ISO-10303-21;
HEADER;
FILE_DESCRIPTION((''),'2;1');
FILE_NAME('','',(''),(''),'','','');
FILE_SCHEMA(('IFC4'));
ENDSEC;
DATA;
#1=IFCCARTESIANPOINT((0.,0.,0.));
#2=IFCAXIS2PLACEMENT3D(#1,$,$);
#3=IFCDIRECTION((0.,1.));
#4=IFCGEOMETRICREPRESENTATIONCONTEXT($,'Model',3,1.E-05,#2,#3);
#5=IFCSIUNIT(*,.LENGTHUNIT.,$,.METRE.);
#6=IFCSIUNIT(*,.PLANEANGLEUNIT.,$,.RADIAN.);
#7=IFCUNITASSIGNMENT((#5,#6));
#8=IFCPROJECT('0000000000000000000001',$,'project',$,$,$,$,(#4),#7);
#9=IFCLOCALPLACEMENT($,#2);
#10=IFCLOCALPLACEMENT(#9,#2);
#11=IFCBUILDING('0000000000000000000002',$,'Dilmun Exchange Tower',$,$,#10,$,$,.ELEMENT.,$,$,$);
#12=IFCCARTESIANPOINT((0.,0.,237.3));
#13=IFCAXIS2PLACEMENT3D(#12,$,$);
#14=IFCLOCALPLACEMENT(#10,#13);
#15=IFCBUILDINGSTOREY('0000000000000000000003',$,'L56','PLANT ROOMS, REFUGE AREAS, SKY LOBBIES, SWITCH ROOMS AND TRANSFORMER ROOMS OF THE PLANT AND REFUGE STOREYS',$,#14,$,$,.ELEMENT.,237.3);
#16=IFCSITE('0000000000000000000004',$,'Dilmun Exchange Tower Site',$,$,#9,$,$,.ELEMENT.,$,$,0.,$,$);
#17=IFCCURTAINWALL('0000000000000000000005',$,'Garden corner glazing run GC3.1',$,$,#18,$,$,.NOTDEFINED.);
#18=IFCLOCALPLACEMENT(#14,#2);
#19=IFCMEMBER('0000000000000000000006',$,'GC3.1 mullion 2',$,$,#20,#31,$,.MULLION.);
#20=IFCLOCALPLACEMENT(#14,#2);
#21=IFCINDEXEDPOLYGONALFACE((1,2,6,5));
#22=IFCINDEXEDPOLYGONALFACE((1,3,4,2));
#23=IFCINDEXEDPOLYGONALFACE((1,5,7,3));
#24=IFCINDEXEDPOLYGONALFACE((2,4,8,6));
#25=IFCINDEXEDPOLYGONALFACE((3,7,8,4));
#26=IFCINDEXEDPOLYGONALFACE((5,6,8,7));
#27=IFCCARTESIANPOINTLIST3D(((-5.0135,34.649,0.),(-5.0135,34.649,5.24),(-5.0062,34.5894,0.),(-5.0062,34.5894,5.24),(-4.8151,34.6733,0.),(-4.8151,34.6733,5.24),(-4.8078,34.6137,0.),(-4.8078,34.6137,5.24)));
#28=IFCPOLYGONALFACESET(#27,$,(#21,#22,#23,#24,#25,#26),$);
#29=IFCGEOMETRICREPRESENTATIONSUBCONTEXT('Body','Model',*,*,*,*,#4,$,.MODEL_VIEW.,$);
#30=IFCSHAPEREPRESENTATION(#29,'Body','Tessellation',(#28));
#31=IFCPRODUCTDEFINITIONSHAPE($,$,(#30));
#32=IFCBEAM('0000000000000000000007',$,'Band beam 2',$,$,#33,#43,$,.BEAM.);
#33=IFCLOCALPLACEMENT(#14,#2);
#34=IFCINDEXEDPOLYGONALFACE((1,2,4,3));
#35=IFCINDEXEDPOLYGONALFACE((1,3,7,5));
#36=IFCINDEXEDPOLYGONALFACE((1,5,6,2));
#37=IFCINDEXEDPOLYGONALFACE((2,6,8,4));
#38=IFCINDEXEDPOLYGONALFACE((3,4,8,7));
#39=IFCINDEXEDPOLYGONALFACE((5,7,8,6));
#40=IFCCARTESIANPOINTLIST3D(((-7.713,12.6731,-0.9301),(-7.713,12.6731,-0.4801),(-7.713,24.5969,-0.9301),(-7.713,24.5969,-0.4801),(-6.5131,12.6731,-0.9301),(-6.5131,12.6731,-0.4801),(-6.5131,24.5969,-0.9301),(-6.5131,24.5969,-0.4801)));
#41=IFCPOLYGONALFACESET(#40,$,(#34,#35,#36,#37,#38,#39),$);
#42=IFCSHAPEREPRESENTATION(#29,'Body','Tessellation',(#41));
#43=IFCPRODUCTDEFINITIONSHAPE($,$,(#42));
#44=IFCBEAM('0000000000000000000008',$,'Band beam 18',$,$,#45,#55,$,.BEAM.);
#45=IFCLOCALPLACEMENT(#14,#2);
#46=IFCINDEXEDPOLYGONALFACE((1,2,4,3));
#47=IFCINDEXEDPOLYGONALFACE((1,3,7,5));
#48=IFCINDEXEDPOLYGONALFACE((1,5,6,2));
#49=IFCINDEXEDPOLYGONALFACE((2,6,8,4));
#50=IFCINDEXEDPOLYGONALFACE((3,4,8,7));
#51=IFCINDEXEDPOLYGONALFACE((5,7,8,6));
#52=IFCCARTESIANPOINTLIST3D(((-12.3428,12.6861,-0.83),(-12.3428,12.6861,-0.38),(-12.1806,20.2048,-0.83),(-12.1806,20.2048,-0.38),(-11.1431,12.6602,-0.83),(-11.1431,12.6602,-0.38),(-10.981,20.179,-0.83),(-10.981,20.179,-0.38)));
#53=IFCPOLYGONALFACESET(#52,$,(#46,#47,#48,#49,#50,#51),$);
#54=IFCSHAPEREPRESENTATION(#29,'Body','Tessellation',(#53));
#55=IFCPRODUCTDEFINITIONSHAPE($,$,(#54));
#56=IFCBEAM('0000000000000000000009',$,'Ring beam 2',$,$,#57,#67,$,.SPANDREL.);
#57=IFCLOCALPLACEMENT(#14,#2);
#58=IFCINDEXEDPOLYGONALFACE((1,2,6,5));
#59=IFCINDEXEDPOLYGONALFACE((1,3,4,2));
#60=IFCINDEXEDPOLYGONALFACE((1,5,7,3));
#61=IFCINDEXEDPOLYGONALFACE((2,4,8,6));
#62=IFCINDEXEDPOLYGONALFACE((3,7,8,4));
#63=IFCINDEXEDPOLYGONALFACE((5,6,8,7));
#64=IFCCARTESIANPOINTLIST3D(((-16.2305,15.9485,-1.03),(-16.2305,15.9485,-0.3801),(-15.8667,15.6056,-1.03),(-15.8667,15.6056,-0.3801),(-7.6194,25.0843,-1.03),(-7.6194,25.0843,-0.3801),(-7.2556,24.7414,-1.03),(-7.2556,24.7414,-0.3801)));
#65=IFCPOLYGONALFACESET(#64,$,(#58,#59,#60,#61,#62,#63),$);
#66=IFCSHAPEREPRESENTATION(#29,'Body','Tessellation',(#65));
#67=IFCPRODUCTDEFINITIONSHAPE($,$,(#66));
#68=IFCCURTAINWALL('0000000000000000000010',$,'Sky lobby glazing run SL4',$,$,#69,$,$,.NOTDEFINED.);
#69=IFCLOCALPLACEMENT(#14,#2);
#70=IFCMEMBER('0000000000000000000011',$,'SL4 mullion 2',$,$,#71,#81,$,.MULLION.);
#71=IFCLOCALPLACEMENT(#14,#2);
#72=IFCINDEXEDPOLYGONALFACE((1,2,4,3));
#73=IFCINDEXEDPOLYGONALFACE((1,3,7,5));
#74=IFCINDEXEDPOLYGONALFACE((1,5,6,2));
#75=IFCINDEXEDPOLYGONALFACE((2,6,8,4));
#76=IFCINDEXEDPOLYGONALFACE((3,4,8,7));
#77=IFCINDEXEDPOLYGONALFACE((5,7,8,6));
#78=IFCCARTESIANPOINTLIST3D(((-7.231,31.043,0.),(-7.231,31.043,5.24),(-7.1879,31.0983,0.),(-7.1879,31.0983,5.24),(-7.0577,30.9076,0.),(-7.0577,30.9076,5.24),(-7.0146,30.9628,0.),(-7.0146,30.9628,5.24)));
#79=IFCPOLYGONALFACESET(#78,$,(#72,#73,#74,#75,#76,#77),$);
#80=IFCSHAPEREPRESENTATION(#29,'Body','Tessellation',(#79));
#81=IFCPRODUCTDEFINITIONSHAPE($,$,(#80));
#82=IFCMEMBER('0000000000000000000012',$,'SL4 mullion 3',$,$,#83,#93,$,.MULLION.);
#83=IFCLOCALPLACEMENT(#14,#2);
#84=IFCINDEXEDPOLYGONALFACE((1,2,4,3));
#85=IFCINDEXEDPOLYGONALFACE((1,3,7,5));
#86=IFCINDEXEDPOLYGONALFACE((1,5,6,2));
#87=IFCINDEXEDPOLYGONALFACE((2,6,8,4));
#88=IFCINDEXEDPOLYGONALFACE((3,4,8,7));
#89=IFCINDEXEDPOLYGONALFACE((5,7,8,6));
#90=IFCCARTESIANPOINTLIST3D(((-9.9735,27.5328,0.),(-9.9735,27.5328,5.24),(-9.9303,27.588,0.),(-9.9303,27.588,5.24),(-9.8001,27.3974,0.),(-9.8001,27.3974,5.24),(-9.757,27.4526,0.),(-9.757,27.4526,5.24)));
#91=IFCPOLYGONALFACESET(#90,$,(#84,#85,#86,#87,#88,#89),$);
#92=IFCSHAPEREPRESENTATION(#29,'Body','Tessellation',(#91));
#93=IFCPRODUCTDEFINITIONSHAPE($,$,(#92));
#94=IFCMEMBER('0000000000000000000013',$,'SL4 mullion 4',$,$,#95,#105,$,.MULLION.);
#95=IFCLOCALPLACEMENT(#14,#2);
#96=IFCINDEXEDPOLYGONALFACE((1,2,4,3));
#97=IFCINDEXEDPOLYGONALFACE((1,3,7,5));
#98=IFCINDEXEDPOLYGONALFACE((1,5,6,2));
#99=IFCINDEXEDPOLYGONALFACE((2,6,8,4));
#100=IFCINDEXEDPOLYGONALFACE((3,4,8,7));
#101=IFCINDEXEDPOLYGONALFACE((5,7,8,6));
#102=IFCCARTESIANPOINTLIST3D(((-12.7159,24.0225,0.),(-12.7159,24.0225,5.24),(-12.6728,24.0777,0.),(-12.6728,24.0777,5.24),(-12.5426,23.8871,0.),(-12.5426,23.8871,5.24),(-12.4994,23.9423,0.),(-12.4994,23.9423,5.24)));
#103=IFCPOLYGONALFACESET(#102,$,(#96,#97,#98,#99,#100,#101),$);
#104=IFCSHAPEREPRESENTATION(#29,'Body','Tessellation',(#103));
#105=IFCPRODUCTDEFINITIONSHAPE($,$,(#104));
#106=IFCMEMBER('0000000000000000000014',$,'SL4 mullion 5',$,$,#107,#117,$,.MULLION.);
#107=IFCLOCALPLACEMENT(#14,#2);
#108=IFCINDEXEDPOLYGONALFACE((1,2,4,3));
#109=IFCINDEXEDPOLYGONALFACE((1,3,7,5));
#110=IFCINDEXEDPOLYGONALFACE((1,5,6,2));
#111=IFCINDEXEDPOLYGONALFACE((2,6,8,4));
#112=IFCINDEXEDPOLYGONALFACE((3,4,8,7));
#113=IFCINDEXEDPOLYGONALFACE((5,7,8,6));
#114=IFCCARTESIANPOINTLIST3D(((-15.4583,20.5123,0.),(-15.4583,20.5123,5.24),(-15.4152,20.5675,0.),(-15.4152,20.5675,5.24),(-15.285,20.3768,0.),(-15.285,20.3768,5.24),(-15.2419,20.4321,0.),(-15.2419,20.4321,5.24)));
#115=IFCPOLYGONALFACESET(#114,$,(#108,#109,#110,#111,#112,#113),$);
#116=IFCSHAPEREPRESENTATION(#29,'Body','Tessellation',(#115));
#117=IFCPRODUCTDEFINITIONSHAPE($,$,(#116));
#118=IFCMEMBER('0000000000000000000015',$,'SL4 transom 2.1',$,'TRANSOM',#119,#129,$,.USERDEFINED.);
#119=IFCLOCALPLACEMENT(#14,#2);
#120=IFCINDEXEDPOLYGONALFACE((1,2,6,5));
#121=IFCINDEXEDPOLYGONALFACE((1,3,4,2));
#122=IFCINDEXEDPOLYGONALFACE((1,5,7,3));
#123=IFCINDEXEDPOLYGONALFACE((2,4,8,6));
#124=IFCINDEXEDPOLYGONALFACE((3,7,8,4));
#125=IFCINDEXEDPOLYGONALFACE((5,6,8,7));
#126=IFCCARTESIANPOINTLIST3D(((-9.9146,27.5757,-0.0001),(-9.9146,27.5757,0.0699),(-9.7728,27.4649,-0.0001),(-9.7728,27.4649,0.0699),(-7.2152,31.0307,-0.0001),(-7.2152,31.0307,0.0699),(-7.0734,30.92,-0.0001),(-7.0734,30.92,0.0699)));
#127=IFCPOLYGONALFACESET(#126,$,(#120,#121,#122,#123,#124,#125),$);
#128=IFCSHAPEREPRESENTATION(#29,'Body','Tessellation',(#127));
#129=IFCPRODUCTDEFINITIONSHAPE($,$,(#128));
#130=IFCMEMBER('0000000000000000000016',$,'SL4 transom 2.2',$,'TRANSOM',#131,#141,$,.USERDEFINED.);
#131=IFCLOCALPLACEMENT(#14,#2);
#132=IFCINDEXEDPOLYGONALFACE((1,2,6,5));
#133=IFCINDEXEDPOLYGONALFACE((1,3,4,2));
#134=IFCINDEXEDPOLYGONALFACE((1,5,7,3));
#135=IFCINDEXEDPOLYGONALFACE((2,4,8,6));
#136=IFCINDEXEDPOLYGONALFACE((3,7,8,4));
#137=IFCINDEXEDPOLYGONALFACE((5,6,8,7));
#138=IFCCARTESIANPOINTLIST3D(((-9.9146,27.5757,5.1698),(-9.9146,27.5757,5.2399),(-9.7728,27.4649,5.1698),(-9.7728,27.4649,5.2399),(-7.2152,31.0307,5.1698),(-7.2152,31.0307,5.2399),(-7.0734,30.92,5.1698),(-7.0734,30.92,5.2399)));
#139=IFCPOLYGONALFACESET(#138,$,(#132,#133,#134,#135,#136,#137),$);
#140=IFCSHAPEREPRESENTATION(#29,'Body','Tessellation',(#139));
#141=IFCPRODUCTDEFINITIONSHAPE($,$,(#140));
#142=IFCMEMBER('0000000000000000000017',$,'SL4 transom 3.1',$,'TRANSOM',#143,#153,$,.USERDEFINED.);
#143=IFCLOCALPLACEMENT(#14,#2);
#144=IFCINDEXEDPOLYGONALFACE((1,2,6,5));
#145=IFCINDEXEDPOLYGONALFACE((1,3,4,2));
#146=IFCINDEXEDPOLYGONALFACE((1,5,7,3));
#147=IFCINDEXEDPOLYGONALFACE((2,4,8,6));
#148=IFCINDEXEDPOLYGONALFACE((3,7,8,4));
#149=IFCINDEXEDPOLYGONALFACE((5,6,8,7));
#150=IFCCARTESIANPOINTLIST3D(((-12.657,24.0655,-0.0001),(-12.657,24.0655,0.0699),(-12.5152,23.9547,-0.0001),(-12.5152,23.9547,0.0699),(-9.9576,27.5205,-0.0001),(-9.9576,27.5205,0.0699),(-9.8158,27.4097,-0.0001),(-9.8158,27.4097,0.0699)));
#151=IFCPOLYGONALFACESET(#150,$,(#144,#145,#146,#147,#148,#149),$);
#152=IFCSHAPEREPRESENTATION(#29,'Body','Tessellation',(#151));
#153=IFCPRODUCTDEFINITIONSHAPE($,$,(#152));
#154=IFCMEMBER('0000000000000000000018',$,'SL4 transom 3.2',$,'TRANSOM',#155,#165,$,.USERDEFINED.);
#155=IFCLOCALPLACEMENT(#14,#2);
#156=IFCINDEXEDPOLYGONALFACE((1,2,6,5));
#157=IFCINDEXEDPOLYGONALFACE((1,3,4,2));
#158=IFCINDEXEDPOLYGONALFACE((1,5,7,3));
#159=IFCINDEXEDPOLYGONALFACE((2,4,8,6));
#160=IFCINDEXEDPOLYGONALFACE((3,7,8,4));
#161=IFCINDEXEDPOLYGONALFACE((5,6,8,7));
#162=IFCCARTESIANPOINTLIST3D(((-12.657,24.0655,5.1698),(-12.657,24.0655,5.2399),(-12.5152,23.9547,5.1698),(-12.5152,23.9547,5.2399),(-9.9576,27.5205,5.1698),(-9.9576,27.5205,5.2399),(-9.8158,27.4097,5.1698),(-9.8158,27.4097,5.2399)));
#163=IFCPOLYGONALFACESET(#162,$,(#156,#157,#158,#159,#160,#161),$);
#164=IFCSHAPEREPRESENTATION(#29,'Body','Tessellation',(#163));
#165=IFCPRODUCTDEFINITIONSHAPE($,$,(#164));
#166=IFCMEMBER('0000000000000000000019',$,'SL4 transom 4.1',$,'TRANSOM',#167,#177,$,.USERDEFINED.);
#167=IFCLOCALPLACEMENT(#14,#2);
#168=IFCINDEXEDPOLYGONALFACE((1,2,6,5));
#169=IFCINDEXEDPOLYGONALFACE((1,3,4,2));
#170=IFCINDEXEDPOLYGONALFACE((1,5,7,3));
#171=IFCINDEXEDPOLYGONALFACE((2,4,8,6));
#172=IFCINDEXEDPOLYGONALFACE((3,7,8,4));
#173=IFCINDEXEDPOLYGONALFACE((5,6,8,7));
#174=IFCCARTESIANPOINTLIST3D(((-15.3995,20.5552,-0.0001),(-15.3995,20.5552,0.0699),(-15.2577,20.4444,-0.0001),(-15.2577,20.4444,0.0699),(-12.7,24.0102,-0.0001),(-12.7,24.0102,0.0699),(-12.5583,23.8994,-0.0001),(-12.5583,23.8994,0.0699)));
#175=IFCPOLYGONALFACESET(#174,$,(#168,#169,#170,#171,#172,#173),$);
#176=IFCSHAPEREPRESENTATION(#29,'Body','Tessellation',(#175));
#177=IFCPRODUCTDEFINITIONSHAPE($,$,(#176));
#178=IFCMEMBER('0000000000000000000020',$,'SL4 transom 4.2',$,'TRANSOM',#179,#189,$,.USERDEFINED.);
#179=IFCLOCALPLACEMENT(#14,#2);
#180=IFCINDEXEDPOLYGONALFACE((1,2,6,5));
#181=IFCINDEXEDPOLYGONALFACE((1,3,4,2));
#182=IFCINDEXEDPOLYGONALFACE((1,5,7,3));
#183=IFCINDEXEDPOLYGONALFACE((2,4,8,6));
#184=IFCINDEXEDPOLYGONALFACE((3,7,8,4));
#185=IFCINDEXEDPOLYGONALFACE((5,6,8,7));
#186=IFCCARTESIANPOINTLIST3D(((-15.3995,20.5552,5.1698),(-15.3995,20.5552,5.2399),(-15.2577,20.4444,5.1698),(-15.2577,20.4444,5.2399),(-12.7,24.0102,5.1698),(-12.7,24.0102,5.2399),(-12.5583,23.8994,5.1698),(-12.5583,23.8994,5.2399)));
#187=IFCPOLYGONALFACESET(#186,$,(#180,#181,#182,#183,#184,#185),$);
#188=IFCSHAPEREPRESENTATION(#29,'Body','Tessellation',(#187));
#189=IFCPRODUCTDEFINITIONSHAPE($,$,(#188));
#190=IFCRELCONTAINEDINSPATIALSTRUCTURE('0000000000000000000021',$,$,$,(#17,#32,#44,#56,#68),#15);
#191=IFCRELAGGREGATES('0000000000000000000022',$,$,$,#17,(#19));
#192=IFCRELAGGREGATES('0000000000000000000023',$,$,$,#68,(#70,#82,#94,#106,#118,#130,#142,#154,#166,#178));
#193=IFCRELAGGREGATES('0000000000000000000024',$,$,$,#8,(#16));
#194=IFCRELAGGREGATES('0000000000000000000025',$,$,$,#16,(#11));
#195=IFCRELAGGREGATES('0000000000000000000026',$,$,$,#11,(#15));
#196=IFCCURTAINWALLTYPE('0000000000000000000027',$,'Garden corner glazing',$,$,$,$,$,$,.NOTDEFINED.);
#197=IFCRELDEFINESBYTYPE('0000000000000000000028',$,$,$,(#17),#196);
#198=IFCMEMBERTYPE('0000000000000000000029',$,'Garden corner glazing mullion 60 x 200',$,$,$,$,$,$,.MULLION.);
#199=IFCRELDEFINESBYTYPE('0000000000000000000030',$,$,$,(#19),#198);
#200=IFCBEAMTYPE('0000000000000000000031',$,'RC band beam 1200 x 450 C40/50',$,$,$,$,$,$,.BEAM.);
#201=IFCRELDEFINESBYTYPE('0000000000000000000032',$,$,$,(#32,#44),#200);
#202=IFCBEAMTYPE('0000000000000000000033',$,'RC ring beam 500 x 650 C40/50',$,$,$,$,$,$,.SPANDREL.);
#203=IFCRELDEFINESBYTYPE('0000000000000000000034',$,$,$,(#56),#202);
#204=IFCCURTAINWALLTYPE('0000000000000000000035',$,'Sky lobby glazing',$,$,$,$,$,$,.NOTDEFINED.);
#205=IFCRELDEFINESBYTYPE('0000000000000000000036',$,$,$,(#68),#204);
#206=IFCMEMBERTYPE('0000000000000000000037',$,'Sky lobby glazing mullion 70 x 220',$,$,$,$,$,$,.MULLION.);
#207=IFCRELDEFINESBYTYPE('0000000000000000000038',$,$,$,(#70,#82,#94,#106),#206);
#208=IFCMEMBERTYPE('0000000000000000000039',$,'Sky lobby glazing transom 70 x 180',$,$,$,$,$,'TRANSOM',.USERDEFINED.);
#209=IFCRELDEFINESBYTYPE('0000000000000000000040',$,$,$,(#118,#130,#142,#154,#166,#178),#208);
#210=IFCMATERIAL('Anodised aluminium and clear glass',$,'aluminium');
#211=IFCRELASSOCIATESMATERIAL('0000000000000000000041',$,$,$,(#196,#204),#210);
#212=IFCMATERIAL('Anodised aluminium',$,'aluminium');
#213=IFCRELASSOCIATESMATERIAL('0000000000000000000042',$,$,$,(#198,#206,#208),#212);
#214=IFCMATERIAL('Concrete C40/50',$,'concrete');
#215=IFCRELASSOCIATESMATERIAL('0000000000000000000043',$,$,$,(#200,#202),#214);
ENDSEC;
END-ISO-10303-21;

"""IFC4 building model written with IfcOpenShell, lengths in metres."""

from ifc_helpers import new_model, si_unit, direction, frame, origin, origin_2d, place, context, subcontext, project, spatial, rectangle, extrude, material, material_profile, profile_set, type_object, element, aggregate, save


model = new_model("IFC4")

# Units and contexts
model_context = context("Model", 3, precision=1e-05, world=origin(), true_north=direction((0.0, 1.0)))
body_context = subcontext(model_context, "Body", "Model", "MODEL_VIEW")
ifc_project = project(units=[si_unit("LENGTHUNIT", "METRE"), si_unit("PLANEANGLEUNIT", "RADIAN")], contexts=[model_context])

# Site, building, storey
site_placement = place(None, origin())
site = spatial("IfcSite", under=ifc_project, at=site_placement, Name="Dilmun Exchange Tower Site", CompositionType="ELEMENT", RefElevation=0.0)
building_placement = place(site_placement, origin())
building = spatial("IfcBuilding", under=site, at=building_placement, Name="Dilmun Exchange Tower", CompositionType="ELEMENT")
storey_placement = place(building_placement, frame((0.0, 0.0, 237.3)))
storey = spatial("IfcBuildingStorey", under=building, at=storey_placement, Name="L56", Description="PLANT ROOMS, REFUGE AREAS, SKY LOBBIES, SWITCH ROOMS AND TRANSFORMER ROOMS OF THE PLANT AND REFUGE STOREYS", CompositionType="ELEMENT", Elevation=237.3)

# Curtain wall, member
ifc_material_1 = material(Name="Anodised aluminium and clear glass", Category="aluminium")
curtain_wall_type_1 = type_object("IfcCurtainWallType", Name="Garden corner glazing", PredefinedType="NOTDEFINED", material=ifc_material_1)
curtain_wall_1_placement = place(storey_placement, origin())
curtain_wall_1 = element("IfcCurtainWall", 1, at=curtain_wall_1_placement, inside=storey, type_object=curtain_wall_type_1, Name="Garden corner glazing run GC3.1", PredefinedType="NOTDEFINED")
ifc_material_2 = material(Name="Anodised aluminium", Category="aluminium")
ifc_material_profile_1 = material_profile(ifc_material_2, rectangle(XDim=0.2, YDim=0.0601, at=origin_2d()), Name="AL 60x200")
ifc_profile_set_1 = profile_set([ifc_material_profile_1], Name="Anodised aluminium")
member_type_1 = type_object("IfcMemberType", Name="Garden corner glazing mullion 60 x 200", PredefinedType="MULLION", material=ifc_profile_set_1)
member_1_placement = place(storey_placement, frame((-4.9106, 34.6313, 0.0), z_axis=(0.0, 0.0, 1.0), x_axis=(-0.992547, -0.121863, 0.0)))
member_1 = element("IfcMember", 2, at=member_1_placement, type_object=member_type_1, Name="GC3.1 mullion 2", PredefinedType="MULLION", context=body_context, shape_type="SweptSolid", body=[
    extrude(rectangle(XDim=0.2, YDim=0.0601, at=origin_2d()), origin(), (0.0, 0.0, 1.0), 5.24),
])

# Beams
ifc_material_3 = material(Name="Concrete C40/50", Category="concrete")
ifc_material_profile_2 = material_profile(ifc_material_3, rectangle(XDim=1.2, YDim=0.45, at=origin_2d()), Name="1200 x 450")
ifc_profile_set_2 = profile_set([ifc_material_profile_2], Name="Concrete C40/50")
beam_type_1 = type_object("IfcBeamType", Name="RC band beam 1200 x 450 C40/50", PredefinedType="BEAM", material=ifc_profile_set_2)
beam_1_placement = place(storey_placement, frame((-7.113, 24.5969, -0.7051), z_axis=(0.0, -1.0, 0.0), x_axis=(1.0, 0.0, 0.0)))
element("IfcBeam", 3, at=beam_1_placement, inside=storey, type_object=beam_type_1, Name="Band beam 2", PredefinedType="BEAM", context=body_context, shape_type="SweptSolid", body=[
    extrude(rectangle(XDim=1.2, YDim=0.45, at=origin_2d()), origin(), (0.0, 0.0, 1.0), 11.9238),
])
beam_2_placement = place(storey_placement, frame((-11.5808, 20.1919, -0.605), z_axis=(-0.021556, -0.999768, 0.0), x_axis=(0.999768, -0.021556, 0.0)))
element("IfcBeam", 4, at=beam_2_placement, inside=storey, type_object=beam_type_1, Name="Band beam 18", PredefinedType="BEAM", context=body_context, shape_type="SweptSolid", body=[
    extrude(rectangle(XDim=1.2, YDim=0.45, at=origin_2d()), origin(), (0.0, 0.0, 1.0), 7.5205),
])
ifc_material_profile_3 = material_profile(ifc_material_3, rectangle(XDim=0.5, YDim=0.6499, at=origin_2d()), Name="500 x 650")
ifc_profile_set_3 = profile_set([ifc_material_profile_3], Name="Concrete C40/50")
beam_type_2 = type_object("IfcBeamType", Name="RC ring beam 500 x 650 C40/50", PredefinedType="SPANDREL", material=ifc_profile_set_3)
beam_3_placement = place(storey_placement, frame((-7.4375, 24.9128, -0.7051), z_axis=(-0.685903, -0.727693, 0.0), x_axis=(0.727693, -0.685903, 0.0)))
element("IfcBeam", 5, at=beam_3_placement, inside=storey, type_object=beam_type_2, Name="Ring beam 2", PredefinedType="SPANDREL", context=body_context, shape_type="SweptSolid", body=[
    extrude(rectangle(XDim=0.5, YDim=0.6499, at=origin_2d()), origin(), (0.0, 0.0, 1.0), 12.5544),
])

# Curtain wall, members
curtain_wall_type_2 = type_object("IfcCurtainWallType", Name="Sky lobby glazing", PredefinedType="NOTDEFINED", material=ifc_material_1)
curtain_wall_2_placement = place(storey_placement, origin())
curtain_wall_2 = element("IfcCurtainWall", 6, at=curtain_wall_2_placement, inside=storey, type_object=curtain_wall_type_2, Name="Sky lobby glazing run SL4", PredefinedType="NOTDEFINED")
ifc_material_profile_4 = material_profile(ifc_material_2, rectangle(XDim=0.22, YDim=0.0701, at=origin_2d()), Name="AL 70x220")
ifc_profile_set_4 = profile_set([ifc_material_profile_4], Name="Anodised aluminium")
member_type_2 = type_object("IfcMemberType", Name="Sky lobby glazing mullion 70 x 220", PredefinedType="MULLION", material=ifc_profile_set_4)
member_2_placement = place(storey_placement, frame((-7.1228, 31.0029, 0.0), z_axis=(0.0, 0.0, 1.0), x_axis=(0.788011, -0.615662, 0.0)))
member_2 = element("IfcMember", 7, at=member_2_placement, type_object=member_type_2, Name="SL4 mullion 2", PredefinedType="MULLION", context=body_context, shape_type="SweptSolid", body=[
    extrude(rectangle(XDim=0.22, YDim=0.0701, at=origin_2d()), origin(), (0.0, 0.0, 1.0), 5.24),
])
member_3_placement = place(storey_placement, frame((-9.8652, 27.4927, 0.0), z_axis=(0.0, 0.0, 1.0), x_axis=(0.788011, -0.615662, 0.0)))
member_3 = element("IfcMember", 8, at=member_3_placement, type_object=member_type_2, Name="SL4 mullion 3", PredefinedType="MULLION", context=body_context, shape_type="SweptSolid", body=[
    extrude(rectangle(XDim=0.22, YDim=0.0701, at=origin_2d()), origin(), (0.0, 0.0, 1.0), 5.24),
])
member_4_placement = place(storey_placement, frame((-12.6077, 23.9824, 0.0), z_axis=(0.0, 0.0, 1.0), x_axis=(0.788011, -0.615662, 0.0)))
member_4 = element("IfcMember", 9, at=member_4_placement, type_object=member_type_2, Name="SL4 mullion 4", PredefinedType="MULLION", context=body_context, shape_type="SweptSolid", body=[
    extrude(rectangle(XDim=0.22, YDim=0.0701, at=origin_2d()), origin(), (0.0, 0.0, 1.0), 5.24),
])
member_5_placement = place(storey_placement, frame((-15.3501, 20.4722, 0.0), z_axis=(0.0, 0.0, 1.0), x_axis=(0.788011, -0.615662, 0.0)))
member_5 = element("IfcMember", 10, at=member_5_placement, type_object=member_type_2, Name="SL4 mullion 5", PredefinedType="MULLION", context=body_context, shape_type="SweptSolid", body=[
    extrude(rectangle(XDim=0.22, YDim=0.0701, at=origin_2d()), origin(), (0.0, 0.0, 1.0), 5.24),
])
ifc_material_profile_5 = material_profile(ifc_material_2, rectangle(XDim=0.1799, YDim=0.0701, at=origin_2d()), Name="AL 70x180")
ifc_profile_set_5 = profile_set([ifc_material_profile_5], Name="Anodised aluminium")
member_type_3 = type_object("IfcMemberType", Name="Sky lobby glazing transom 70 x 180", ElementType="TRANSOM", PredefinedType="USERDEFINED", material=ifc_profile_set_5)
member_6_placement = place(storey_placement, frame((-7.1443, 30.9753, 0.0349), z_axis=(-0.61567, -0.788004, 0.0), x_axis=(0.788004, -0.61567, 0.0)))
member_6 = element("IfcMember", 11, at=member_6_placement, type_object=member_type_3, Name="SL4 transom 2.1", ObjectType="TRANSOM", PredefinedType="USERDEFINED", context=body_context, shape_type="SweptSolid", body=[
    extrude(rectangle(XDim=0.1799, YDim=0.0701, at=origin_2d()), origin(), (0.0, 0.0, 1.0), 4.3845),
])
member_7_placement = place(storey_placement, frame((-7.1443, 30.9753, 5.2048), z_axis=(-0.61567, -0.788004, 0.0), x_axis=(0.788004, -0.61567, 0.0)))
member_7 = element("IfcMember", 12, at=member_7_placement, type_object=member_type_3, Name="SL4 transom 2.2", ObjectType="TRANSOM", PredefinedType="USERDEFINED", context=body_context, shape_type="SweptSolid", body=[
    extrude(rectangle(XDim=0.1799, YDim=0.0701, at=origin_2d()), origin(), (0.0, 0.0, 1.0), 4.3845),
])
member_8_placement = place(storey_placement, frame((-9.8867, 27.4651, 0.0349), z_axis=(-0.61567, -0.788004, 0.0), x_axis=(0.788004, -0.61567, 0.0)))
member_8 = element("IfcMember", 13, at=member_8_placement, type_object=member_type_3, Name="SL4 transom 3.1", ObjectType="TRANSOM", PredefinedType="USERDEFINED", context=body_context, shape_type="SweptSolid", body=[
    extrude(rectangle(XDim=0.1799, YDim=0.0701, at=origin_2d()), origin(), (0.0, 0.0, 1.0), 4.3845),
])
member_9_placement = place(storey_placement, frame((-9.8867, 27.4651, 5.2048), z_axis=(-0.61567, -0.788004, 0.0), x_axis=(0.788004, -0.61567, 0.0)))
member_9 = element("IfcMember", 14, at=member_9_placement, type_object=member_type_3, Name="SL4 transom 3.2", ObjectType="TRANSOM", PredefinedType="USERDEFINED", context=body_context, shape_type="SweptSolid", body=[
    extrude(rectangle(XDim=0.1799, YDim=0.0701, at=origin_2d()), origin(), (0.0, 0.0, 1.0), 4.3845),
])
member_10_placement = place(storey_placement, frame((-12.6292, 23.9548, 0.0349), z_axis=(-0.61567, -0.788004, 0.0), x_axis=(0.788004, -0.61567, 0.0)))
member_10 = element("IfcMember", 15, at=member_10_placement, type_object=member_type_3, Name="SL4 transom 4.1", ObjectType="TRANSOM", PredefinedType="USERDEFINED", context=body_context, shape_type="SweptSolid", body=[
    extrude(rectangle(XDim=0.1799, YDim=0.0701, at=origin_2d()), origin(), (0.0, 0.0, 1.0), 4.3845),
])
member_11_placement = place(storey_placement, frame((-12.6292, 23.9548, 5.2048), z_axis=(-0.61567, -0.788004, 0.0), x_axis=(0.788004, -0.61567, 0.0)))
member_11 = element("IfcMember", 16, at=member_11_placement, type_object=member_type_3, Name="SL4 transom 4.2", ObjectType="TRANSOM", PredefinedType="USERDEFINED", context=body_context, shape_type="SweptSolid", body=[
    extrude(rectangle(XDim=0.1799, YDim=0.0701, at=origin_2d()), origin(), (0.0, 0.0, 1.0), 4.3845),
])

aggregate(curtain_wall_1, [member_1])
aggregate(curtain_wall_2, [member_2, member_3, member_4, member_5, member_6, member_7, member_8, member_9, member_10, member_11])

save(model, "model.ifc")
